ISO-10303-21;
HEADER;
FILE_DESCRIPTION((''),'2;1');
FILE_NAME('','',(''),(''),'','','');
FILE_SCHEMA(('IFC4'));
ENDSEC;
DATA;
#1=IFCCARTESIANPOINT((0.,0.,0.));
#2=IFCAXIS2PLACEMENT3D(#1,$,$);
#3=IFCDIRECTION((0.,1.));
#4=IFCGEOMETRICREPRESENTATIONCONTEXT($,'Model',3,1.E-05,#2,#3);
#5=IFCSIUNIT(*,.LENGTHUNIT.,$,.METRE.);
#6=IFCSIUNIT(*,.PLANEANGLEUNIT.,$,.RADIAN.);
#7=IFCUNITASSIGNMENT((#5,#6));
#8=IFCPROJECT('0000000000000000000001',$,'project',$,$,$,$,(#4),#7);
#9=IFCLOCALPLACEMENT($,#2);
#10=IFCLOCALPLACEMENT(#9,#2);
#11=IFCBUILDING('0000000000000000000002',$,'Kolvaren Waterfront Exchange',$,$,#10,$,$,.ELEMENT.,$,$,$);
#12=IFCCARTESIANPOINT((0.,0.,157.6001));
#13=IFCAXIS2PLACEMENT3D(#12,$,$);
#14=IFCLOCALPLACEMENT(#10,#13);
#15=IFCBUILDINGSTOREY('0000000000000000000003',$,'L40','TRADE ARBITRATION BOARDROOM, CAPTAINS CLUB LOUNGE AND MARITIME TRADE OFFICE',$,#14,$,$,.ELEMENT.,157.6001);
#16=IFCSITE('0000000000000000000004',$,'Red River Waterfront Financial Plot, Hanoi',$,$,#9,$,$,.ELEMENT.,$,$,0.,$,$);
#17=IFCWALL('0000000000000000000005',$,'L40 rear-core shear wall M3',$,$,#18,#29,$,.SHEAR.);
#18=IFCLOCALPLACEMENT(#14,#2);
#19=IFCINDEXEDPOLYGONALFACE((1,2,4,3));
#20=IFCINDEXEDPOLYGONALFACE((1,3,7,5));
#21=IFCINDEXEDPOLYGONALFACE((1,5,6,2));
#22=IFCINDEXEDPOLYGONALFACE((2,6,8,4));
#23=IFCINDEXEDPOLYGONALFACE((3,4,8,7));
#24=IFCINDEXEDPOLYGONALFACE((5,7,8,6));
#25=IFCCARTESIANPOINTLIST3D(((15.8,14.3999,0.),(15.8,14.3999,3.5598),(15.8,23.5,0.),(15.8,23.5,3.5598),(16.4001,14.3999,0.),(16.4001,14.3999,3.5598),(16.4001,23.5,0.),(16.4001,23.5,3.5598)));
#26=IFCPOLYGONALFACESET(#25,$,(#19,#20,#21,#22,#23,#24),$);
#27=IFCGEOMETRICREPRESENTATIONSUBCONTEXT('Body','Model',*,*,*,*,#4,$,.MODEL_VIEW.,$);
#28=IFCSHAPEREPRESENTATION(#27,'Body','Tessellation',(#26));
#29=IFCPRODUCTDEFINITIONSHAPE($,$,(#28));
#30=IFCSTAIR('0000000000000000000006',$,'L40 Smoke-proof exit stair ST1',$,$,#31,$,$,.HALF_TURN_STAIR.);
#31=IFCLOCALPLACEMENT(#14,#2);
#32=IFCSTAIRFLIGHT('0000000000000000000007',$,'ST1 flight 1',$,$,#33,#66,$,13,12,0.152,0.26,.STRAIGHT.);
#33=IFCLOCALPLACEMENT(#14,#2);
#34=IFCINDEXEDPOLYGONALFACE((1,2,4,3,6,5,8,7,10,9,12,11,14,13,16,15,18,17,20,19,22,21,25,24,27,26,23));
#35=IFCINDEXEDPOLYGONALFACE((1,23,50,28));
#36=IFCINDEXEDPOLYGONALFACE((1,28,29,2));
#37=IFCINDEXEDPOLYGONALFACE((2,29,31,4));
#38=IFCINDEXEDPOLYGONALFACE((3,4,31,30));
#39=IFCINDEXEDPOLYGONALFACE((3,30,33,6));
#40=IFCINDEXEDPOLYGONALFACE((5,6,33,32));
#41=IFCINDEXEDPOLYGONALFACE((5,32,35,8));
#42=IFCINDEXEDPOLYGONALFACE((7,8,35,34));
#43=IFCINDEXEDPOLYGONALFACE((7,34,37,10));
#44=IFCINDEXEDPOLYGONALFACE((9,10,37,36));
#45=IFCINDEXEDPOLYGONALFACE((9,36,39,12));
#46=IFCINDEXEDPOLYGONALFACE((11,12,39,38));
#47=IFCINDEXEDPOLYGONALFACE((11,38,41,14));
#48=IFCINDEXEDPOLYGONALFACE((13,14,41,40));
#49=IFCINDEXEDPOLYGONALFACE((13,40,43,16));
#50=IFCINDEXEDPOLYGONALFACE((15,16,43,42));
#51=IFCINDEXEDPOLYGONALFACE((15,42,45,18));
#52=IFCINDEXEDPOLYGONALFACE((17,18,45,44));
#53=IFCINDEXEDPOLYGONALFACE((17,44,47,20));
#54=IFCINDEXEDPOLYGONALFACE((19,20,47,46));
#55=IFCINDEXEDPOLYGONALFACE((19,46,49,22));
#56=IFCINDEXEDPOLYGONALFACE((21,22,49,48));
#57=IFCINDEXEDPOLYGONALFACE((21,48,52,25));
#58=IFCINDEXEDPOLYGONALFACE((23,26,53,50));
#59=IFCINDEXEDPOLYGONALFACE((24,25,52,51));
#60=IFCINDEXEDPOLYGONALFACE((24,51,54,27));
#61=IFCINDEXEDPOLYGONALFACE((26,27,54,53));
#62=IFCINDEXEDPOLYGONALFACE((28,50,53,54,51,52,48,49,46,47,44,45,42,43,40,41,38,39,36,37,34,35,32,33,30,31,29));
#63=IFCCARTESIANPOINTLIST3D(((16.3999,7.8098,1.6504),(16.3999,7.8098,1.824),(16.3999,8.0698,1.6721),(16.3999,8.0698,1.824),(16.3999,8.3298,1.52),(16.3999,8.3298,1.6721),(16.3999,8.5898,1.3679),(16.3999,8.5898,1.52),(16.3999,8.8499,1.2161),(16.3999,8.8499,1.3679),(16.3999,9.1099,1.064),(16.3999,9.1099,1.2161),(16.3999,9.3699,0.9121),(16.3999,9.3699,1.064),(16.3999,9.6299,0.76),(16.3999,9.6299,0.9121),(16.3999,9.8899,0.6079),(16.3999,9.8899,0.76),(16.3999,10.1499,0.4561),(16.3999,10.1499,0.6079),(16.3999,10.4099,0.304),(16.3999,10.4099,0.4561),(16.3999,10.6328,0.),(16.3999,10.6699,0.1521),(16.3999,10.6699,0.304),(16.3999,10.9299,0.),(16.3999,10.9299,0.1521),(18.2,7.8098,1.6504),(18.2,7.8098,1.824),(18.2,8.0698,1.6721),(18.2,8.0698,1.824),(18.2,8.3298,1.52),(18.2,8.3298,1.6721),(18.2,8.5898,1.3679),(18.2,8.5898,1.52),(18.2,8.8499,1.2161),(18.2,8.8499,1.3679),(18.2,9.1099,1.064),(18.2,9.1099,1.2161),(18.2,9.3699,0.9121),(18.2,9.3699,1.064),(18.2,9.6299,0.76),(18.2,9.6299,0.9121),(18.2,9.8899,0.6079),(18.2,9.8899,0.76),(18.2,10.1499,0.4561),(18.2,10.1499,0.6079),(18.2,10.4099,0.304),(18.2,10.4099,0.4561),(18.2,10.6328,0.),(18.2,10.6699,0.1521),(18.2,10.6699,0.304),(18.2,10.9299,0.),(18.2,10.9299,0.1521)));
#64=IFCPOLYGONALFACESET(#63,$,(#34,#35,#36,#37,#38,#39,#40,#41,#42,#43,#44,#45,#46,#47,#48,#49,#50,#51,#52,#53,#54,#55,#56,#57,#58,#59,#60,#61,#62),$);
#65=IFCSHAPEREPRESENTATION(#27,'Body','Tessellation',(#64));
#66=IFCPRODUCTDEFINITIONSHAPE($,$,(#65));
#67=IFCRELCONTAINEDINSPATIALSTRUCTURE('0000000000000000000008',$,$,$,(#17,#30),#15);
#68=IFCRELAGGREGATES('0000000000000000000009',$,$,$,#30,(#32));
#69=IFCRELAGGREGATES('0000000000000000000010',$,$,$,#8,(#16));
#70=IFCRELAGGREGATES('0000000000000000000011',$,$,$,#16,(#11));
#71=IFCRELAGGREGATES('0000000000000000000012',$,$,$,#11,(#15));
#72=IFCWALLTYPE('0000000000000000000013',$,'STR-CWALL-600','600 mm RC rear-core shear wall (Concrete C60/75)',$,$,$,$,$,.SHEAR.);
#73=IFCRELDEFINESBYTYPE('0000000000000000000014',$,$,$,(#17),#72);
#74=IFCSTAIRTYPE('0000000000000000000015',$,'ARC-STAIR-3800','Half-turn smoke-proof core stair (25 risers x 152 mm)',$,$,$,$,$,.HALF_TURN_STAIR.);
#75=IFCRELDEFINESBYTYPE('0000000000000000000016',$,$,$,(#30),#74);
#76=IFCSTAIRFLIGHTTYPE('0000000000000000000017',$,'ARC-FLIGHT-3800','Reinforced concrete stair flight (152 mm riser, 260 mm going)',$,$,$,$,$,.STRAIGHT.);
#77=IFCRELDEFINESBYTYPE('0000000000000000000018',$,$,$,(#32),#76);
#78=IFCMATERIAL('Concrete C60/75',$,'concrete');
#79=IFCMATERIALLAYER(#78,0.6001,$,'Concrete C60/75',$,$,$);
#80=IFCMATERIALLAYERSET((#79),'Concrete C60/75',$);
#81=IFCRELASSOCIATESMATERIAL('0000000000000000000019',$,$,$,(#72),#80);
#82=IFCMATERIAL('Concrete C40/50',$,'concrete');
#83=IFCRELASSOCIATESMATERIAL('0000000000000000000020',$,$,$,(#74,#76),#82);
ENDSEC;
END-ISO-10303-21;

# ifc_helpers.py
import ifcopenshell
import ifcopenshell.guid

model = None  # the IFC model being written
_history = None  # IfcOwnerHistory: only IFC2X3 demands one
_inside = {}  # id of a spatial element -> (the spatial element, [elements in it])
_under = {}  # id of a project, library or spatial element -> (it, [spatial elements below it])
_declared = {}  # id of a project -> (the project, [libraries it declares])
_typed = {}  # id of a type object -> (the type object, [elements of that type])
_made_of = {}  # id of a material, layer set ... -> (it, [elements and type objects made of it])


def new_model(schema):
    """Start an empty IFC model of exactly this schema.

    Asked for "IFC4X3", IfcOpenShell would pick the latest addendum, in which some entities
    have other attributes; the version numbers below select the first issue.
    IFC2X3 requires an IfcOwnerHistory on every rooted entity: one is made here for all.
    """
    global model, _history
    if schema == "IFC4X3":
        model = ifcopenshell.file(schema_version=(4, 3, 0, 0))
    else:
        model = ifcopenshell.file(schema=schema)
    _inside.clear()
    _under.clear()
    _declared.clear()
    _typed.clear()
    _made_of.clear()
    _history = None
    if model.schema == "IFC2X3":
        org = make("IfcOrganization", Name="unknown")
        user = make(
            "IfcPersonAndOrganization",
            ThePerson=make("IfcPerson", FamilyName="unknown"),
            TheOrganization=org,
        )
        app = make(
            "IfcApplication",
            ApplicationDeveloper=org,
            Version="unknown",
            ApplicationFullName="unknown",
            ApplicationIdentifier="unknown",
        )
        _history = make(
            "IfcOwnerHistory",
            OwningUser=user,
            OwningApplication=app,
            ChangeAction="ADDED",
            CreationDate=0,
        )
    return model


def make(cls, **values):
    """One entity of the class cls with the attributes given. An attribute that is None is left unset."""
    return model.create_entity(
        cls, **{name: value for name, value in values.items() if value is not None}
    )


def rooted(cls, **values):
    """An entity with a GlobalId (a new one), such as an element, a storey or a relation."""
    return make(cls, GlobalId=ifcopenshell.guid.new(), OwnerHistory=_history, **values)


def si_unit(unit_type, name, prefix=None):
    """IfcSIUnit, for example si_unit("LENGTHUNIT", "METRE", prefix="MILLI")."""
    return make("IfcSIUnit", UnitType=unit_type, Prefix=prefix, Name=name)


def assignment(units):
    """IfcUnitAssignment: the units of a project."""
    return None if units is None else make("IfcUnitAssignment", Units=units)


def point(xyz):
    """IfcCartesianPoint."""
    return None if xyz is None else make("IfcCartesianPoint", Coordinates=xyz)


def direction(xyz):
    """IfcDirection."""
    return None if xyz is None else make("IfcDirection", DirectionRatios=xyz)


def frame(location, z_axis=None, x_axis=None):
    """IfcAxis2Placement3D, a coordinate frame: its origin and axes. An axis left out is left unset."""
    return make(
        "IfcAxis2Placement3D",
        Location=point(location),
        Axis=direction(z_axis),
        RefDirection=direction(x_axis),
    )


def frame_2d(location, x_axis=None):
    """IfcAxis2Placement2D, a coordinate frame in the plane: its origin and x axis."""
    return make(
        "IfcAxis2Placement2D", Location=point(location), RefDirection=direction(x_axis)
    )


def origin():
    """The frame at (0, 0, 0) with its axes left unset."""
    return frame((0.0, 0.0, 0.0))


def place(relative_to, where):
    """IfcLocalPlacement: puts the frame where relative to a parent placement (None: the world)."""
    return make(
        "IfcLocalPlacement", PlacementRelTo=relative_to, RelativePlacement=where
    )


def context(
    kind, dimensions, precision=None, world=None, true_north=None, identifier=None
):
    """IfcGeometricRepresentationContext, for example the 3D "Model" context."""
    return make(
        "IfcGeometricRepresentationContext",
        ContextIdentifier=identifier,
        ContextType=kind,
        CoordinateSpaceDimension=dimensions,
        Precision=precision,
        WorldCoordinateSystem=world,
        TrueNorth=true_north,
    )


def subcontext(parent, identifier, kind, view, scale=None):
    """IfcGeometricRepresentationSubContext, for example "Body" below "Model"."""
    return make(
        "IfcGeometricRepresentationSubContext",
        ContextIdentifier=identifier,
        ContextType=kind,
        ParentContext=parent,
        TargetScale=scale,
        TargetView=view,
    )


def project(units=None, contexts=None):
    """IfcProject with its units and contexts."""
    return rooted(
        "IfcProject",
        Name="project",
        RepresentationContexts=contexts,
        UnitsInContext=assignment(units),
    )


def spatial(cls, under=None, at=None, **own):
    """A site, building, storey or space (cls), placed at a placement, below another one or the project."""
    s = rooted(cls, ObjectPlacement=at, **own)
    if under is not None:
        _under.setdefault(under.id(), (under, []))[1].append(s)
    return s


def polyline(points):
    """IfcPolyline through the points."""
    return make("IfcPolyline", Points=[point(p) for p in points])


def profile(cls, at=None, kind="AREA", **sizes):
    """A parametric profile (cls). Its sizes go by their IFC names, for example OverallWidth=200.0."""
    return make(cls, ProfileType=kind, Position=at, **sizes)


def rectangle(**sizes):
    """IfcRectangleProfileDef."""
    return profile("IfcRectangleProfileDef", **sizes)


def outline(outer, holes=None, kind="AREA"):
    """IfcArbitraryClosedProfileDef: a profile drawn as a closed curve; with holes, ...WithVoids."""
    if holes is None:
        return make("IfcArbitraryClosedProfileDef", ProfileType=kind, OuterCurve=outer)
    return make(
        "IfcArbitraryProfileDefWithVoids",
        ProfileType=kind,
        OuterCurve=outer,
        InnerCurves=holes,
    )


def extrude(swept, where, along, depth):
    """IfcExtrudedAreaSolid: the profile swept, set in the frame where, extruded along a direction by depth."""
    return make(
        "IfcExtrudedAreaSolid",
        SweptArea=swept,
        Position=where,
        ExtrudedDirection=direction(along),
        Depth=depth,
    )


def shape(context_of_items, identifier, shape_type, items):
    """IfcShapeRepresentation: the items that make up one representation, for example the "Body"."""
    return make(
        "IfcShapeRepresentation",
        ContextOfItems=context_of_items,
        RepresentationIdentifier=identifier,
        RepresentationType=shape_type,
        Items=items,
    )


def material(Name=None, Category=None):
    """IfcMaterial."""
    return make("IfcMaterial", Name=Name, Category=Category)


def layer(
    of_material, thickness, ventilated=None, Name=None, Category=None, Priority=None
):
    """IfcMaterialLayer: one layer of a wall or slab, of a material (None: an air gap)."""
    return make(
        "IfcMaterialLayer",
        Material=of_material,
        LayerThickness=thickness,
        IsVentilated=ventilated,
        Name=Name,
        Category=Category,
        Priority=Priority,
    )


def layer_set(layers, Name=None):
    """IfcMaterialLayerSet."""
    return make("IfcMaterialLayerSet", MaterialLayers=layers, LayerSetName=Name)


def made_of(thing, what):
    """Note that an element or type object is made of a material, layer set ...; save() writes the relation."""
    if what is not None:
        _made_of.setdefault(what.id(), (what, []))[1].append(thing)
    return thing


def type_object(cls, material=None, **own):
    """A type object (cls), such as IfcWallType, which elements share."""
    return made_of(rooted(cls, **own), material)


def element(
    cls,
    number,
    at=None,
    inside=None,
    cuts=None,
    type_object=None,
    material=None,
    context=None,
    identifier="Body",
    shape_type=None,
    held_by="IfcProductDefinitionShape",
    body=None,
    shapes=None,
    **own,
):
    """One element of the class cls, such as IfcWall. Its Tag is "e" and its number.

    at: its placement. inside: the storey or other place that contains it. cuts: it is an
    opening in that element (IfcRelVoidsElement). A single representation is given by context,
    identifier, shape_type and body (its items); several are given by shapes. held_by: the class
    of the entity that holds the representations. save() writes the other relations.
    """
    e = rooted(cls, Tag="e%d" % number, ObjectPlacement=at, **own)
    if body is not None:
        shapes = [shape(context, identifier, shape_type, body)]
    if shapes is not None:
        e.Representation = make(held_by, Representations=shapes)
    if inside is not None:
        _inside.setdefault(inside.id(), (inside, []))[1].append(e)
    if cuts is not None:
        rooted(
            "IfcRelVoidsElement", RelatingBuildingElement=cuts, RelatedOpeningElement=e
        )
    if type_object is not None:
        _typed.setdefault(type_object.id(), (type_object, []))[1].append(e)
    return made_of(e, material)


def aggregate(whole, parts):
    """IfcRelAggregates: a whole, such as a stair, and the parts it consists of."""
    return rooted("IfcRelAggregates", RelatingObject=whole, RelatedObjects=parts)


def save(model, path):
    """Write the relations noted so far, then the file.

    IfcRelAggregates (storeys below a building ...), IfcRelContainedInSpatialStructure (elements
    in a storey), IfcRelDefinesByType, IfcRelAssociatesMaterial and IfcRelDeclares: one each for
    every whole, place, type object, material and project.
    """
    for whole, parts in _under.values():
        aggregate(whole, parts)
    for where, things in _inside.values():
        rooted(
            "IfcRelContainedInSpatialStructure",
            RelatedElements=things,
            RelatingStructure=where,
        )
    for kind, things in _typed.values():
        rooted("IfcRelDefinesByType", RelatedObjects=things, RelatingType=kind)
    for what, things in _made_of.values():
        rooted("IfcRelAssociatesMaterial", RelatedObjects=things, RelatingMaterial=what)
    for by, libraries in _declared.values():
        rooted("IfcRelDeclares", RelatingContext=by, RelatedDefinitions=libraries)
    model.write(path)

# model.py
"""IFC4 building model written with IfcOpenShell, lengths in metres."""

from ifc_helpers import new_model, si_unit, direction, frame, frame_2d, origin, place, context, subcontext, project, spatial, polyline, rectangle, outline, extrude, material, layer, layer_set, type_object, element, aggregate, save


model = new_model("IFC4")

# Units and contexts
model_context = context("Model", 3, precision=1e-05, world=origin(), true_north=direction((0.0, 1.0)))
body_context = subcontext(model_context, "Body", "Model", "MODEL_VIEW")
ifc_project = project(units=[si_unit("LENGTHUNIT", "METRE"), si_unit("PLANEANGLEUNIT", "RADIAN")], contexts=[model_context])

# Site, building, storey
site_placement = place(None, origin())
site = spatial("IfcSite", under=ifc_project, at=site_placement, Name="Red River Waterfront Financial Plot, Hanoi", CompositionType="ELEMENT", RefElevation=0.0)
building_placement = place(site_placement, origin())
building = spatial("IfcBuilding", under=site, at=building_placement, Name="Kolvaren Waterfront Exchange", CompositionType="ELEMENT")
storey_placement = place(building_placement, frame((0.0, 0.0, 157.6001)))
storey = spatial("IfcBuildingStorey", under=building, at=storey_placement, Name="L40", Description="TRADE ARBITRATION BOARDROOM, CAPTAINS CLUB LOUNGE AND MARITIME TRADE OFFICE", CompositionType="ELEMENT", Elevation=157.6001)

# Shared definitions
ifc_material_1 = material(Name="Concrete C60/75", Category="concrete")

# Wall
ifc_material_2 = material(Name="Concrete C40/50", Category="concrete")
ifc_layer_1 = layer(ifc_material_1, 0.6001, Name="Concrete C60/75")
ifc_layer_set_1 = layer_set([ifc_layer_1], Name="Concrete C60/75")
wall_type_1 = type_object("IfcWallType", Name="STR-CWALL-600", Description="600 mm RC rear-core shear wall (Concrete C60/75)", PredefinedType="SHEAR", material=ifc_layer_set_1)
wall_1_placement = place(storey_placement, frame((16.1001, 14.3999, 0.0), z_axis=(0.0, 0.0, 1.0), x_axis=(0.0, 1.0, 0.0)))
element("IfcWall", 1, at=wall_1_placement, inside=storey, type_object=wall_type_1, Name="L40 rear-core shear wall M3", PredefinedType="SHEAR", context=body_context, shape_type="SweptSolid", body=[
    extrude(rectangle(XDim=9.1001, YDim=0.6001, at=frame_2d((4.55, 0.0))), origin(), (0.0, 0.0, 1.0), 3.5598),
])

# Stair, stair flight
stair_type = type_object("IfcStairType", Name="ARC-STAIR-3800", Description="Half-turn smoke-proof core stair (25 risers x 152 mm)", PredefinedType="HALF_TURN_STAIR", material=ifc_material_2)
stair_placement = place(storey_placement, origin())
stair = element("IfcStair", 2, at=stair_placement, inside=storey, type_object=stair_type, Name="L40 Smoke-proof exit stair ST1", PredefinedType="HALF_TURN_STAIR")
stair_flight_type = type_object("IfcStairFlightType", Name="ARC-FLIGHT-3800", Description="Reinforced concrete stair flight (152 mm riser, 260 mm going)", PredefinedType="STRAIGHT", material=ifc_material_2)
stair_flight_placement = place(storey_placement, frame((17.3, 10.9299, 0.0), z_axis=(0.0, 0.0, 1.0), x_axis=(0.0, -1.0, 0.0)))
stair_flight = element("IfcStairFlight", 3, at=stair_flight_placement, type_object=stair_flight_type, Name="ST1 flight 1", NumberOfRisers=13, NumberOfTreads=12, PredefinedType="STRAIGHT", RiserHeight=0.152, TreadLength=0.26, context=body_context, shape_type="SweptSolid", body=[
    extrude(outline(polyline([(0.0, 0.0), (0.0, 0.1521), (0.26, 0.1521), (0.26, 0.304), (0.52, 0.304), (0.52, 0.4561), (0.78, 0.4561), (0.78, 0.6079), (1.04, 0.6079), (1.04, 0.76), (1.3, 0.76), (1.3, 0.9121), (1.5601, 0.9121), (1.5601, 1.064), (1.8201, 1.064), (1.8201, 1.2161), (2.0801, 1.2161), (2.0801, 1.3679), (2.3401, 1.3679), (2.3401, 1.52), (2.6001, 1.52), (2.6001, 1.6721), (2.8601, 1.6721), (2.8601, 1.824), (3.1201, 1.824), (3.1201, 1.9761), (3.1201, 1.6504), (0.2971, 0.0), (0.0, 0.0)])), frame((0.0, 0.8999, 0.0), z_axis=(0.0, -1.0, 0.0), x_axis=(1.0, 0.0, 0.0)), (0.0, 0.0, 1.0), 1.8),
])
aggregate(stair, [stair_flight])

save(model, "model.ifc")
